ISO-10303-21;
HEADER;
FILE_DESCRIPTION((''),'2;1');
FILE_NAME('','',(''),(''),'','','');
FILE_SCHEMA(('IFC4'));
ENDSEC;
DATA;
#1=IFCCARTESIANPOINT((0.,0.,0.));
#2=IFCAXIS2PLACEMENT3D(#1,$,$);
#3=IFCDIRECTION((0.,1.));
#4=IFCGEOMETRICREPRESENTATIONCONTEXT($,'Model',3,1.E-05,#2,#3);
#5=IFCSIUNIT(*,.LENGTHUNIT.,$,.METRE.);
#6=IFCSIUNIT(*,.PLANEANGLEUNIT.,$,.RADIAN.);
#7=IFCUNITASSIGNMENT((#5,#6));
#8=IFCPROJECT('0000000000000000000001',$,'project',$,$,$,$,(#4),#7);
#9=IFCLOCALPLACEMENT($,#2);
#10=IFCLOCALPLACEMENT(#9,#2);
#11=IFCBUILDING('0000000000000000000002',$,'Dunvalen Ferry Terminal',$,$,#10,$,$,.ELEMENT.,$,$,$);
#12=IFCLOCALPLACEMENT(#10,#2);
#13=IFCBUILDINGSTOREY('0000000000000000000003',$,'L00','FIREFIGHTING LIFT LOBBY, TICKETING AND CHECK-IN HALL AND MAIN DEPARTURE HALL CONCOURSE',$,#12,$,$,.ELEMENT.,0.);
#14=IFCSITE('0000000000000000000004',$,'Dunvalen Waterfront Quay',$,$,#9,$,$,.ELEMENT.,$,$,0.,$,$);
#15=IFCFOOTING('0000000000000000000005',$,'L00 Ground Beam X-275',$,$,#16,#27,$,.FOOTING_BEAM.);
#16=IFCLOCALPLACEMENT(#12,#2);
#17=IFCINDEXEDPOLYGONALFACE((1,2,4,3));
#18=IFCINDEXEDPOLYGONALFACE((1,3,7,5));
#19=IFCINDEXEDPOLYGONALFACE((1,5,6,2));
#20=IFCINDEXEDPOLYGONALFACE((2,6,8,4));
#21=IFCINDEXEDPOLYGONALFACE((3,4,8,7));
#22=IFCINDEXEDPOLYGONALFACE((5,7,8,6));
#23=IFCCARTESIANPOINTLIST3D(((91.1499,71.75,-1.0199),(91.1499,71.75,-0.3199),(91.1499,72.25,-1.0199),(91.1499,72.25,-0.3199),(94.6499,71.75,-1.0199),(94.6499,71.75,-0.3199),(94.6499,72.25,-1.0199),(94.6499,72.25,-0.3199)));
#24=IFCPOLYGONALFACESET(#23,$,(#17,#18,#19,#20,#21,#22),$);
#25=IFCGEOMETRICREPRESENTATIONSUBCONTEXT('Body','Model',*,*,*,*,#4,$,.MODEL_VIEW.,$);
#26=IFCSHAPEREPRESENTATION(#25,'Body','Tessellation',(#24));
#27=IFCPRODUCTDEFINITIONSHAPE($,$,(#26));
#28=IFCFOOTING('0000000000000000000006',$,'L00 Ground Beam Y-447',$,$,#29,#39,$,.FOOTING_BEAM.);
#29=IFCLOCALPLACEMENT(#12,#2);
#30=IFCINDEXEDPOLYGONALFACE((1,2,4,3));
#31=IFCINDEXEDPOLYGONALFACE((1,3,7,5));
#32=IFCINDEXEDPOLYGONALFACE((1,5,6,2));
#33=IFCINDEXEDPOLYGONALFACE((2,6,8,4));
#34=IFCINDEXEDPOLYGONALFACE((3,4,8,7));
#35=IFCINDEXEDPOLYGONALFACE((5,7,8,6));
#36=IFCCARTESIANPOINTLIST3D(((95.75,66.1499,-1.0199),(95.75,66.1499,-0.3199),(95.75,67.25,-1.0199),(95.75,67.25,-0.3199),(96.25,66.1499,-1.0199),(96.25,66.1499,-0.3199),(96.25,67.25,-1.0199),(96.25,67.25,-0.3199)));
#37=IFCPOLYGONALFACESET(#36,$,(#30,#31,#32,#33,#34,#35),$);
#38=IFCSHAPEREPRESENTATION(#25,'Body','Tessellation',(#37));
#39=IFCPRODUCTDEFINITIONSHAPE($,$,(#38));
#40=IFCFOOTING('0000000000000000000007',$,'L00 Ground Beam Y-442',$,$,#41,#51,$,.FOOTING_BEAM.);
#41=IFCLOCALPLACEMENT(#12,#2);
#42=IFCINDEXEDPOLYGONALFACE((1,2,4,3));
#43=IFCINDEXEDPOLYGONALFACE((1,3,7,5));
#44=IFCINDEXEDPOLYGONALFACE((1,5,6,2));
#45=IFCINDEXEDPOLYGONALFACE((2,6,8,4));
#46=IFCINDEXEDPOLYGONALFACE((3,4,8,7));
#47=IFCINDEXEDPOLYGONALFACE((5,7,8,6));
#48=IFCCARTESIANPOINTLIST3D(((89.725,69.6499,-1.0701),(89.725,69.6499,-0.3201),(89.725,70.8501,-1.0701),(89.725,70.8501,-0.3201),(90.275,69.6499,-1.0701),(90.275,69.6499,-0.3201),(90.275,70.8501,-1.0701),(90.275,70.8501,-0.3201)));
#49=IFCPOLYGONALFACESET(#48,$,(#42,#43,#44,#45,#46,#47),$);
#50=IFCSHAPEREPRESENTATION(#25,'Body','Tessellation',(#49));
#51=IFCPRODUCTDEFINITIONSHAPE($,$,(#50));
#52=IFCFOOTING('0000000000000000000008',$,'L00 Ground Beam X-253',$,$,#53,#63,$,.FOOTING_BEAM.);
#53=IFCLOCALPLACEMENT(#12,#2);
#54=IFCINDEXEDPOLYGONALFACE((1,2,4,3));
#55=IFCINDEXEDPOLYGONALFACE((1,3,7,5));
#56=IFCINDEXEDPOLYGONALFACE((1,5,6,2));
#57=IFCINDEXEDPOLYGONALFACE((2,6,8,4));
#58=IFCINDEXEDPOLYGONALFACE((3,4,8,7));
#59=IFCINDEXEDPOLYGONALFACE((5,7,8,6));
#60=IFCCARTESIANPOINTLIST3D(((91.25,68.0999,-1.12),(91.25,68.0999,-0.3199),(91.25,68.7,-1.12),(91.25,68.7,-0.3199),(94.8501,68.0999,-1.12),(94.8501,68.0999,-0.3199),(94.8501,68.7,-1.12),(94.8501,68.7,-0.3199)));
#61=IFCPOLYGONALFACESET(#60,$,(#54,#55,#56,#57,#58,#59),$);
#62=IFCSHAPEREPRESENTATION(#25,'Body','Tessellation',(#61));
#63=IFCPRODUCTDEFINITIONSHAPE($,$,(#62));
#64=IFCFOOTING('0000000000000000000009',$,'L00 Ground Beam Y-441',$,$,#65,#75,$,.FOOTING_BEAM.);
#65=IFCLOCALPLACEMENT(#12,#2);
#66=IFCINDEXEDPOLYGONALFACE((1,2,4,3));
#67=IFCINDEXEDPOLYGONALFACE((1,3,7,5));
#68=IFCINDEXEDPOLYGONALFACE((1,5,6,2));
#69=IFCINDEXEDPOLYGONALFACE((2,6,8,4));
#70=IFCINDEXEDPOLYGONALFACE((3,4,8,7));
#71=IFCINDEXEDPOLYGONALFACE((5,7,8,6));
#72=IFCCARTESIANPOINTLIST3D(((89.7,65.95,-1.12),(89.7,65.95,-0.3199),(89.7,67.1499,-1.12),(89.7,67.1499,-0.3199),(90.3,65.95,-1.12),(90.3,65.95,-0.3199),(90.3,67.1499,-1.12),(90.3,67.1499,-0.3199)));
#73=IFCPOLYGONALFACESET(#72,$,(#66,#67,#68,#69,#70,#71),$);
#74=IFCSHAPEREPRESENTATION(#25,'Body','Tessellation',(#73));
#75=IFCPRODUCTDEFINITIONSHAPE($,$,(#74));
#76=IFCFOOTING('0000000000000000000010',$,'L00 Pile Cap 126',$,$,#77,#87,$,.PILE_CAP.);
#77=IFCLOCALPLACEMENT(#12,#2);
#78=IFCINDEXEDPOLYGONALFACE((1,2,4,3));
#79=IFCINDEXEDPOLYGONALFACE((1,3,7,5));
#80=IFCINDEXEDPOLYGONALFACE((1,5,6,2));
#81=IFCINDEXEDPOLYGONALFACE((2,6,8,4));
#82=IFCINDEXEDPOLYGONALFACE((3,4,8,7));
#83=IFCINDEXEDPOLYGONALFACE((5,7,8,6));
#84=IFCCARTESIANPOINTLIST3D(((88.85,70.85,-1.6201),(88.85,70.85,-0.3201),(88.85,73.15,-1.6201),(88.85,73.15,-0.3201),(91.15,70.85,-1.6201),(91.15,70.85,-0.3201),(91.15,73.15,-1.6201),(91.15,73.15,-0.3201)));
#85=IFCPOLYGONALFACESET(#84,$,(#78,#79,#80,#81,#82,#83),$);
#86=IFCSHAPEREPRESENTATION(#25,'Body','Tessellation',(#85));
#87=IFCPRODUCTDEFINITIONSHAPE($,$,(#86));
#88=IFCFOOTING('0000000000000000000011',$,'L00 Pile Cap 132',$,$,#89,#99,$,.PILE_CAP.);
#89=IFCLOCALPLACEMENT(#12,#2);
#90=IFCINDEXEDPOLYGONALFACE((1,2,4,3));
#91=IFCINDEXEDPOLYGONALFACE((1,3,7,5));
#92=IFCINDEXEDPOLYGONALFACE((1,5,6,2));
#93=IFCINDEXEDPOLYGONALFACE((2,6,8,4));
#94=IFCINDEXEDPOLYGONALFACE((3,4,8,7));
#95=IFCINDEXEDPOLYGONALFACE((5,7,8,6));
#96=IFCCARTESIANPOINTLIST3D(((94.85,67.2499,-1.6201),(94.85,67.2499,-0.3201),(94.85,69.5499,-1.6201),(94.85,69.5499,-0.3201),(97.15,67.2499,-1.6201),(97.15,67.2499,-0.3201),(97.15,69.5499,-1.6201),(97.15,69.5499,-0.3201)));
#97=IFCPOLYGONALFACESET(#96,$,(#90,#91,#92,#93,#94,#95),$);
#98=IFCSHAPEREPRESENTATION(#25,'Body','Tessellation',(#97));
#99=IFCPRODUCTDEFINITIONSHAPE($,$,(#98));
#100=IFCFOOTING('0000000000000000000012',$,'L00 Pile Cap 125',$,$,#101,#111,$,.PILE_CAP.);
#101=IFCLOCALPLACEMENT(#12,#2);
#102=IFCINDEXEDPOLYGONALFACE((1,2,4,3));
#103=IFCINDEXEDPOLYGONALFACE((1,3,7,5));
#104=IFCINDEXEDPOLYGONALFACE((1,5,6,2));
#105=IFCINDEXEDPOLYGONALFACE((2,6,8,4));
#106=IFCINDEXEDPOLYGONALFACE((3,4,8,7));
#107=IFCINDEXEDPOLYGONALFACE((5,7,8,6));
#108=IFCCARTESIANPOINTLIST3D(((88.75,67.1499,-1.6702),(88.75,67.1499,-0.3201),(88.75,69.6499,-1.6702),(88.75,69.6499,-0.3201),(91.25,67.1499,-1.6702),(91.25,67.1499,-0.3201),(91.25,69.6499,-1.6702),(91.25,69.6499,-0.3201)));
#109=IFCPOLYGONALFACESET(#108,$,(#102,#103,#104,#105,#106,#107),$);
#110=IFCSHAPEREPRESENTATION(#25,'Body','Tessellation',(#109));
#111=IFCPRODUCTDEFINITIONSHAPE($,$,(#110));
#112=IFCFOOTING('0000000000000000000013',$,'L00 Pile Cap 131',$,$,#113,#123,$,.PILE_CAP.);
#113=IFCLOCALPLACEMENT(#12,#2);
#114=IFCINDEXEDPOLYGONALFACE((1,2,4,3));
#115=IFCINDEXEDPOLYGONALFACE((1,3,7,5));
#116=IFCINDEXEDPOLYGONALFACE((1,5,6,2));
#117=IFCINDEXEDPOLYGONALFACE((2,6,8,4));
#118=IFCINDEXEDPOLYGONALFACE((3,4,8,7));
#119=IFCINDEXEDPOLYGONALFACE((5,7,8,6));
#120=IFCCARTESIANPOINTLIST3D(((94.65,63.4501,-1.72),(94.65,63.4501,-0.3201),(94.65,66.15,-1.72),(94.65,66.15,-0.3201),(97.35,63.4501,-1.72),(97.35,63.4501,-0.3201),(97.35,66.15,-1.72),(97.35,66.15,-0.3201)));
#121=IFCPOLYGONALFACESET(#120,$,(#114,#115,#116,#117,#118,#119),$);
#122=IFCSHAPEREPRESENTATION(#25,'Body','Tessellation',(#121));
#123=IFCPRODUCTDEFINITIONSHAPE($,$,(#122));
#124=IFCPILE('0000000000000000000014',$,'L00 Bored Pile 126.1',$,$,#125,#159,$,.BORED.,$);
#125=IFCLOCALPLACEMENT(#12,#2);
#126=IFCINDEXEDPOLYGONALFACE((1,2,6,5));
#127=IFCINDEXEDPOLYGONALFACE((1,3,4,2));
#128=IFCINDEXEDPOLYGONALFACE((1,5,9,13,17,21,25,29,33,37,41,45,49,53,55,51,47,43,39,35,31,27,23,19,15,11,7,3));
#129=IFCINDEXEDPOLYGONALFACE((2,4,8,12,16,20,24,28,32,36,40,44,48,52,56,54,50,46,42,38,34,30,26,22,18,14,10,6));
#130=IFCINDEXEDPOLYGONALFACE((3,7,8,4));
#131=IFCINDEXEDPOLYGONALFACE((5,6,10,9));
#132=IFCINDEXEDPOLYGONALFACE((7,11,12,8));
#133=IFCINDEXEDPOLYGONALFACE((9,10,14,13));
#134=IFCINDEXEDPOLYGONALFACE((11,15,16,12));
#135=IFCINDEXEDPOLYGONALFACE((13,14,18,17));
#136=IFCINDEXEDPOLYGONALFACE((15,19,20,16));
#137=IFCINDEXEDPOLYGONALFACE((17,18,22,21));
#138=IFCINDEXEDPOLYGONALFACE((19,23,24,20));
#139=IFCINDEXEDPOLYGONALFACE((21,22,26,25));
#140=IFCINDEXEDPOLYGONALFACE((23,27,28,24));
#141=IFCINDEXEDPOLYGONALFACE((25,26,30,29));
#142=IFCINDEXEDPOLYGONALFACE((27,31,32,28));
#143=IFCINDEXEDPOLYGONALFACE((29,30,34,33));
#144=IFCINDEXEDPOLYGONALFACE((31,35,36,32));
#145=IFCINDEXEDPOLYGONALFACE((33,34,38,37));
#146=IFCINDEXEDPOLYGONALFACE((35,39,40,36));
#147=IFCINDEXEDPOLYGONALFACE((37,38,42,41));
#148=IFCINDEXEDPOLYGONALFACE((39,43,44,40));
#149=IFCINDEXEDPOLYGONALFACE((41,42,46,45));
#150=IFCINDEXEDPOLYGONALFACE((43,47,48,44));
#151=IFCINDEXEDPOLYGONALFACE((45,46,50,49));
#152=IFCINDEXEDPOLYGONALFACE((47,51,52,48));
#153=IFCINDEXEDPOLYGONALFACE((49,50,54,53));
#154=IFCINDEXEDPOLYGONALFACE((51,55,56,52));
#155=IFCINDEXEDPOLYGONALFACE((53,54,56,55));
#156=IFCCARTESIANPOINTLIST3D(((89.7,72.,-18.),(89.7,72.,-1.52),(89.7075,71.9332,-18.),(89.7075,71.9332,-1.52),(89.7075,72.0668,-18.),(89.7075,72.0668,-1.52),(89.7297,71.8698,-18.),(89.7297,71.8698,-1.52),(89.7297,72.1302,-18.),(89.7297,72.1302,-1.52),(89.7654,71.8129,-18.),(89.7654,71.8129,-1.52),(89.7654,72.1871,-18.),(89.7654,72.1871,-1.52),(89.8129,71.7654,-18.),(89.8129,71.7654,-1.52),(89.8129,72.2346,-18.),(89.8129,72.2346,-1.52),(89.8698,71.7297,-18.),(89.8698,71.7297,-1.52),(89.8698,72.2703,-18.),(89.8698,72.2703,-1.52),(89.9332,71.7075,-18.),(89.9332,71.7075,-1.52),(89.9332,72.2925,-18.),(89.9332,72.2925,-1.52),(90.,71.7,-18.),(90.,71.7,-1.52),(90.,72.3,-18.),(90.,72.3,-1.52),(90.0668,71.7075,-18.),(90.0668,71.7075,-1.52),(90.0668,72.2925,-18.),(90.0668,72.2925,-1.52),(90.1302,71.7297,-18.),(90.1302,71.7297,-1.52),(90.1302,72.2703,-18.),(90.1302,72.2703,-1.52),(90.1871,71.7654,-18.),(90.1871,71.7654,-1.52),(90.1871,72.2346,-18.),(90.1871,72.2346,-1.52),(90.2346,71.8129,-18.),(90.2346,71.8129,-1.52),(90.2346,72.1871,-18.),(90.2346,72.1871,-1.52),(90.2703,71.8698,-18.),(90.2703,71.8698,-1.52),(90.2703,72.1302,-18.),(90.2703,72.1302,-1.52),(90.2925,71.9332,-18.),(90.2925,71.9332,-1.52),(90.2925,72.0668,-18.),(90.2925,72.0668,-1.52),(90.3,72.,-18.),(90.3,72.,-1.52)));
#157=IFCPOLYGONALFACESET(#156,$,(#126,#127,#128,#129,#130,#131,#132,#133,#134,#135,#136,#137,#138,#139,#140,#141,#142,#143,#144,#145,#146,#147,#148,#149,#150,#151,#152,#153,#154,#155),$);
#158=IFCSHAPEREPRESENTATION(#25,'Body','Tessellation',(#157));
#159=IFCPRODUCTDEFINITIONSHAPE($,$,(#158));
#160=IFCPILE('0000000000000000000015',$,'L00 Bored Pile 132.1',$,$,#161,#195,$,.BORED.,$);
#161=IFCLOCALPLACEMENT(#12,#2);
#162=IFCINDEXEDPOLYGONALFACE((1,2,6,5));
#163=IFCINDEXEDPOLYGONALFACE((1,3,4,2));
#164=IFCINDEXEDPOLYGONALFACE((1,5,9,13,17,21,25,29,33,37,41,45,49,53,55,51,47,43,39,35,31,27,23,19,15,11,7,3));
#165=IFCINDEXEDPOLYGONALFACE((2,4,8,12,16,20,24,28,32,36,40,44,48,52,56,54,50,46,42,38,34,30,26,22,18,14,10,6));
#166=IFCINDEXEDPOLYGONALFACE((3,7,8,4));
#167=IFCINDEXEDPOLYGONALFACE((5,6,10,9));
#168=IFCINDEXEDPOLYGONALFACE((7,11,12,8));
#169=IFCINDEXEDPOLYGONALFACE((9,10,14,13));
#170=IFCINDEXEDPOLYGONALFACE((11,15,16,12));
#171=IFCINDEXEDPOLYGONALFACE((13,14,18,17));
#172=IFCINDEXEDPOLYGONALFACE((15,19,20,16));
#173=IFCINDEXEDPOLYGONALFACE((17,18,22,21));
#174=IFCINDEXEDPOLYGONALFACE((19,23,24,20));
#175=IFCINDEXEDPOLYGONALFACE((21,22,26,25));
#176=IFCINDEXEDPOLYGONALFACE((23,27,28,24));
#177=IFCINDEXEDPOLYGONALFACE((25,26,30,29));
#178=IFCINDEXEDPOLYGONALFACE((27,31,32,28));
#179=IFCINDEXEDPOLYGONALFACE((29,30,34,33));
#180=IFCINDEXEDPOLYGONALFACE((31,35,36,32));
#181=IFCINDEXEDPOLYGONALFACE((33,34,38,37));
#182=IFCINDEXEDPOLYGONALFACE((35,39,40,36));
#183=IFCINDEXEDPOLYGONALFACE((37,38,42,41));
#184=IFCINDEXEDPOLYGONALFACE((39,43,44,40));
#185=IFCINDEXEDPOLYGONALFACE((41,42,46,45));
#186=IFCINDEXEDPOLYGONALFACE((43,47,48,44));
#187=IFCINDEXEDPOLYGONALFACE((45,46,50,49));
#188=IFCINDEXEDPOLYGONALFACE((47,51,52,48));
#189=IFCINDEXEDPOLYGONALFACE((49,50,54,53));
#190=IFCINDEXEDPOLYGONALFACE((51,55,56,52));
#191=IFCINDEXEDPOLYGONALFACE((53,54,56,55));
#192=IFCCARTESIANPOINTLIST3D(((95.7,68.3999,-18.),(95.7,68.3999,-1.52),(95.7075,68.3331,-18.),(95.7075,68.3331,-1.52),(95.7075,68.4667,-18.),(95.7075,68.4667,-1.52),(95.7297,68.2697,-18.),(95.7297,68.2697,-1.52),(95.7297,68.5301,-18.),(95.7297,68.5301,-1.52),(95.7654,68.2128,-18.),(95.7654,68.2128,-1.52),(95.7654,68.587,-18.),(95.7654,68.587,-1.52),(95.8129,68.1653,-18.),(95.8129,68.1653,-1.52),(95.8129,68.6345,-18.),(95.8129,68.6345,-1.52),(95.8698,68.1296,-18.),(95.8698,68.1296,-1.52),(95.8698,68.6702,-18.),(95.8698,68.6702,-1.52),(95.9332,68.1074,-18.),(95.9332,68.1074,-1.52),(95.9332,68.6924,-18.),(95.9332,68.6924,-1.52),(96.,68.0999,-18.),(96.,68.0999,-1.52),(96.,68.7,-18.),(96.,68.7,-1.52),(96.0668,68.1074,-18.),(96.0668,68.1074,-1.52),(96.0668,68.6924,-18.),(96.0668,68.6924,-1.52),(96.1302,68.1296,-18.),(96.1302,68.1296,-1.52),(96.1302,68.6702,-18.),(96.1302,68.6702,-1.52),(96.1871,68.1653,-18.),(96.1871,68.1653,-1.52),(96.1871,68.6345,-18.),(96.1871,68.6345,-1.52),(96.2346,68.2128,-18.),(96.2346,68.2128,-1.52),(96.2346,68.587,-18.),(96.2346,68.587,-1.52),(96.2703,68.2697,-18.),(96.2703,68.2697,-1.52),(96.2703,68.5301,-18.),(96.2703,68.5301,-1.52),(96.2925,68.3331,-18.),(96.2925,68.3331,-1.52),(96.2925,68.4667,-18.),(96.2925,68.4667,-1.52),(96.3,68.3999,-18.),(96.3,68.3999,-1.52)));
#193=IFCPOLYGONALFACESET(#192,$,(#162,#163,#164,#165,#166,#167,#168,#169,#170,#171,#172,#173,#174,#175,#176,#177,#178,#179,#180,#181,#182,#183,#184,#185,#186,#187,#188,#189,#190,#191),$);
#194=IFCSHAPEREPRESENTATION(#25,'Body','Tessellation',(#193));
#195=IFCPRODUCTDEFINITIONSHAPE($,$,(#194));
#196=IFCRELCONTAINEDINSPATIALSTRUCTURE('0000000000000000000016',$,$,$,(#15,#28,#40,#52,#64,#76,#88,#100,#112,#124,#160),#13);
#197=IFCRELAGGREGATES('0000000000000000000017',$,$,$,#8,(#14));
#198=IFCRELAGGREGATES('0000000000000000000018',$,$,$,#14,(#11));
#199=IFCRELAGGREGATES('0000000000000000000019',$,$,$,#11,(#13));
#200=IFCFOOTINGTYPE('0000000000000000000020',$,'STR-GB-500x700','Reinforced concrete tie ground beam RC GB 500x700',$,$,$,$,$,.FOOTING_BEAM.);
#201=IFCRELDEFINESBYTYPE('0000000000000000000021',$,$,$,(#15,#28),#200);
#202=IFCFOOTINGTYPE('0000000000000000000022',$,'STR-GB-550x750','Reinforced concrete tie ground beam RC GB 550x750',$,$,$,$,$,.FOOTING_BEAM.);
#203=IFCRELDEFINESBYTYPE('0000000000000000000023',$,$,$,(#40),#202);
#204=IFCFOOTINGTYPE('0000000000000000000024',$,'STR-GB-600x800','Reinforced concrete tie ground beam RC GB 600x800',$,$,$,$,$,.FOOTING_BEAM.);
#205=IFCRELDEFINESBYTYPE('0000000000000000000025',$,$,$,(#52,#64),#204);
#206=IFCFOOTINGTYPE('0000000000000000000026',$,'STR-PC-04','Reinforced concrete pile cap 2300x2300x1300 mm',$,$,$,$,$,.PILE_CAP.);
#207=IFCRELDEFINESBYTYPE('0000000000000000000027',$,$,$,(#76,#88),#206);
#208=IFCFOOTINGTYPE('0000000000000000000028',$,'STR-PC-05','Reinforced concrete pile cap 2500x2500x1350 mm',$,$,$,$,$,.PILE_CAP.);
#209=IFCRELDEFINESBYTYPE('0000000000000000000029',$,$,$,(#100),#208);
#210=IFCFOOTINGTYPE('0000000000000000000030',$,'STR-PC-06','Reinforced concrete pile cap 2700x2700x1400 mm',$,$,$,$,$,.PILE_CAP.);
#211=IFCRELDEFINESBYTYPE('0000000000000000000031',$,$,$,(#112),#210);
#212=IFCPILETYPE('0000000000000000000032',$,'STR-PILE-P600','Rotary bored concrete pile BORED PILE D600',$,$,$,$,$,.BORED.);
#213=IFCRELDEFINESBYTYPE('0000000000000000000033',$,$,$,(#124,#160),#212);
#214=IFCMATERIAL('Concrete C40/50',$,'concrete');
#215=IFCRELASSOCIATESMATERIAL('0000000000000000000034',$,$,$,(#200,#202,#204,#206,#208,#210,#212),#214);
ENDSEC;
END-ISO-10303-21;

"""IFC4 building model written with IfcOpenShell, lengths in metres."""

from ifc_helpers import new_model, si_unit, direction, frame, origin, origin_2d, place, context, subcontext, project, spatial, rectangle, circle, extrude, material, material_profile, profile_set, type_object, element, save


model = new_model("IFC4")

# Units and contexts
model_context = context("Model", 3, precision=1e-05, world=origin(), true_north=direction((0.0, 1.0)))
body_context = subcontext(model_context, "Body", "Model", "MODEL_VIEW")
ifc_project = project(units=[si_unit("LENGTHUNIT", "METRE"), si_unit("PLANEANGLEUNIT", "RADIAN")], contexts=[model_context])

# Site, building, storey
site_placement = place(None, origin())
site = spatial("IfcSite", under=ifc_project, at=site_placement, Name="Dunvalen Waterfront Quay", CompositionType="ELEMENT", RefElevation=0.0)
building_placement = place(site_placement, origin())
building = spatial("IfcBuilding", under=site, at=building_placement, Name="Dunvalen Ferry Terminal", CompositionType="ELEMENT")
storey_placement = place(building_placement, origin())
storey = spatial("IfcBuildingStorey", under=building, at=storey_placement, Name="L00", Description="FIREFIGHTING LIFT LOBBY, TICKETING AND CHECK-IN HALL AND MAIN DEPARTURE HALL CONCOURSE", CompositionType="ELEMENT", Elevation=0.0)

# Footings
ifc_material_1 = material(Name="Concrete C40/50", Category="concrete")
ifc_material_profile_1 = material_profile(ifc_material_1, rectangle(XDim=0.5, YDim=0.7, at=origin_2d()), Name="Concrete C40/50")
ifc_profile_set_1 = profile_set([ifc_material_profile_1], Name="Concrete C40/50")
footing_type_1 = type_object("IfcFootingType", Name="STR-GB-500x700", Description="Reinforced concrete tie ground beam RC GB 500x700", PredefinedType="FOOTING_BEAM", material=ifc_profile_set_1)
footing_1_placement = place(storey_placement, frame((91.1499, 72.0, -0.6699), z_axis=(1.0, 0.0, 0.0), x_axis=(0.0, 1.0, 0.0)))
element("IfcFooting", 1, at=footing_1_placement, inside=storey, type_object=footing_type_1, Name="L00 Ground Beam X-275", PredefinedType="FOOTING_BEAM", context=body_context, shape_type="SweptSolid", body=[
    extrude(rectangle(XDim=0.5, YDim=0.7, at=origin_2d()), origin(), (0.0, 0.0, 1.0), 3.5),
])
footing_2_placement = place(storey_placement, frame((96.0, 66.1499, -0.6699), z_axis=(0.0, 1.0, 0.0), x_axis=(-1.0, 0.0, 0.0)))
element("IfcFooting", 2, at=footing_2_placement, inside=storey, type_object=footing_type_1, Name="L00 Ground Beam Y-447", PredefinedType="FOOTING_BEAM", context=body_context, shape_type="SweptSolid", body=[
    extrude(rectangle(XDim=0.5, YDim=0.7, at=origin_2d()), origin(), (0.0, 0.0, 1.0), 1.1001),
])
ifc_material_profile_2 = material_profile(ifc_material_1, rectangle(XDim=0.55, YDim=0.75, at=origin_2d()), Name="Concrete C40/50")
ifc_profile_set_2 = profile_set([ifc_material_profile_2], Name="Concrete C40/50")
footing_type_2 = type_object("IfcFootingType", Name="STR-GB-550x750", Description="Reinforced concrete tie ground beam RC GB 550x750", PredefinedType="FOOTING_BEAM", material=ifc_profile_set_2)
footing_3_placement = place(storey_placement, frame((90.0, 69.6499, -0.6951), z_axis=(0.0, 1.0, 0.0), x_axis=(-1.0, 0.0, 0.0)))
element("IfcFooting", 3, at=footing_3_placement, inside=storey, type_object=footing_type_2, Name="L00 Ground Beam Y-442", PredefinedType="FOOTING_BEAM", context=body_context, shape_type="SweptSolid", body=[
    extrude(rectangle(XDim=0.55, YDim=0.75, at=origin_2d()), origin(), (0.0, 0.0, 1.0), 1.2002),
])
ifc_material_profile_3 = material_profile(ifc_material_1, rectangle(XDim=0.6001, YDim=0.8, at=origin_2d()), Name="Concrete C40/50")
ifc_profile_set_3 = profile_set([ifc_material_profile_3], Name="Concrete C40/50")
footing_type_3 = type_object("IfcFootingType", Name="STR-GB-600x800", Description="Reinforced concrete tie ground beam RC GB 600x800", PredefinedType="FOOTING_BEAM", material=ifc_profile_set_3)
footing_4_placement = place(storey_placement, frame((91.25, 68.3999, -0.72), z_axis=(1.0, 0.0, 0.0), x_axis=(0.0, 1.0, 0.0)))
element("IfcFooting", 4, at=footing_4_placement, inside=storey, type_object=footing_type_3, Name="L00 Ground Beam X-253", PredefinedType="FOOTING_BEAM", context=body_context, shape_type="SweptSolid", body=[
    extrude(rectangle(XDim=0.6001, YDim=0.8, at=origin_2d()), origin(), (0.0, 0.0, 1.0), 3.6001),
])
footing_5_placement = place(storey_placement, frame((90.0, 65.95, -0.72), z_axis=(0.0, 1.0, 0.0), x_axis=(-1.0, 0.0, 0.0)))
element("IfcFooting", 5, at=footing_5_placement, inside=storey, type_object=footing_type_3, Name="L00 Ground Beam Y-441", PredefinedType="FOOTING_BEAM", context=body_context, shape_type="SweptSolid", body=[
    extrude(rectangle(XDim=0.6001, YDim=0.8, at=origin_2d()), origin(), (0.0, 0.0, 1.0), 1.2),
])
footing_type_4 = type_object("IfcFootingType", Name="STR-PC-04", Description="Reinforced concrete pile cap 2300x2300x1300 mm", PredefinedType="PILE_CAP", material=ifc_material_1)
for number, where, z_axis, x_axis, name in (
    (6, (90.0, 72.0, -1.6201), (0.0, 0.0, 1.0), (1.0, 0.0, 0.0), "L00 Pile Cap 126"),
    (7, (96.0, 68.3999, -1.6201), (0.0, 0.0, 1.0), (1.0, 0.0, 0.0), "L00 Pile Cap 132"),
):
    element("IfcFooting", number, at=place(storey_placement, frame(where, z_axis=z_axis, x_axis=x_axis)), inside=storey, type_object=footing_type_4, Name=name, PredefinedType="PILE_CAP", context=body_context, shape_type="SweptSolid", body=[
        extrude(rectangle(XDim=2.3, YDim=2.3, at=origin_2d()), origin(), (0.0, 0.0, 1.0), 1.3),
    ])
footing_type_5 = type_object("IfcFootingType", Name="STR-PC-05", Description="Reinforced concrete pile cap 2500x2500x1350 mm", PredefinedType="PILE_CAP", material=ifc_material_1)
footing_6_placement = place(storey_placement, frame((90.0, 68.3999, -1.6702), z_axis=(0.0, 0.0, 1.0), x_axis=(1.0, 0.0, 0.0)))
element("IfcFooting", 8, at=footing_6_placement, inside=storey, type_object=footing_type_5, Name="L00 Pile Cap 125", PredefinedType="PILE_CAP", context=body_context, shape_type="SweptSolid", body=[
    extrude(rectangle(XDim=2.5, YDim=2.5, at=origin_2d()), origin(), (0.0, 0.0, 1.0), 1.3501),
])
footing_type_6 = type_object("IfcFootingType", Name="STR-PC-06", Description="Reinforced concrete pile cap 2700x2700x1400 mm", PredefinedType="PILE_CAP", material=ifc_material_1)
footing_7_placement = place(storey_placement, frame((96.0, 64.8, -1.72), z_axis=(0.0, 0.0, 1.0), x_axis=(1.0, 0.0, 0.0)))
element("IfcFooting", 9, at=footing_7_placement, inside=storey, type_object=footing_type_6, Name="L00 Pile Cap 131", PredefinedType="PILE_CAP", context=body_context, shape_type="SweptSolid", body=[
    extrude(rectangle(XDim=2.7, YDim=2.7, at=origin_2d()), origin(), (0.0, 0.0, 1.0), 1.3999),
])

# Piles
ifc_material_profile_4 = material_profile(ifc_material_1, circle(Radius=0.3, at=origin_2d()), Name="Concrete C40/50")
ifc_profile_set_4 = profile_set([ifc_material_profile_4], Name="Concrete C40/50")
pile_type_1 = type_object("IfcPileType", Name="STR-PILE-P600", Description="Rotary bored concrete pile BORED PILE D600", PredefinedType="BORED", material=ifc_profile_set_4)
for number, where, z_axis, x_axis, name in (
    (10, (90.0, 72.0, -1.52), (0.0, 0.0, -1.0), (1.0, 0.0, 0.0), "L00 Bored Pile 126.1"),
    (11, (96.0, 68.3999, -1.52), (0.0, 0.0, -1.0), (1.0, 0.0, 0.0), "L00 Bored Pile 132.1"),
):
    element("IfcPile", number, at=place(storey_placement, frame(where, z_axis=z_axis, x_axis=x_axis)), inside=storey, type_object=pile_type_1, Name=name, PredefinedType="BORED", context=body_context, shape_type="SweptSolid", body=[
        extrude(circle(Radius=0.3, at=origin_2d()), origin(), (0.0, 0.0, 1.0), 16.48),
    ])

save(model, "model.ifc")
